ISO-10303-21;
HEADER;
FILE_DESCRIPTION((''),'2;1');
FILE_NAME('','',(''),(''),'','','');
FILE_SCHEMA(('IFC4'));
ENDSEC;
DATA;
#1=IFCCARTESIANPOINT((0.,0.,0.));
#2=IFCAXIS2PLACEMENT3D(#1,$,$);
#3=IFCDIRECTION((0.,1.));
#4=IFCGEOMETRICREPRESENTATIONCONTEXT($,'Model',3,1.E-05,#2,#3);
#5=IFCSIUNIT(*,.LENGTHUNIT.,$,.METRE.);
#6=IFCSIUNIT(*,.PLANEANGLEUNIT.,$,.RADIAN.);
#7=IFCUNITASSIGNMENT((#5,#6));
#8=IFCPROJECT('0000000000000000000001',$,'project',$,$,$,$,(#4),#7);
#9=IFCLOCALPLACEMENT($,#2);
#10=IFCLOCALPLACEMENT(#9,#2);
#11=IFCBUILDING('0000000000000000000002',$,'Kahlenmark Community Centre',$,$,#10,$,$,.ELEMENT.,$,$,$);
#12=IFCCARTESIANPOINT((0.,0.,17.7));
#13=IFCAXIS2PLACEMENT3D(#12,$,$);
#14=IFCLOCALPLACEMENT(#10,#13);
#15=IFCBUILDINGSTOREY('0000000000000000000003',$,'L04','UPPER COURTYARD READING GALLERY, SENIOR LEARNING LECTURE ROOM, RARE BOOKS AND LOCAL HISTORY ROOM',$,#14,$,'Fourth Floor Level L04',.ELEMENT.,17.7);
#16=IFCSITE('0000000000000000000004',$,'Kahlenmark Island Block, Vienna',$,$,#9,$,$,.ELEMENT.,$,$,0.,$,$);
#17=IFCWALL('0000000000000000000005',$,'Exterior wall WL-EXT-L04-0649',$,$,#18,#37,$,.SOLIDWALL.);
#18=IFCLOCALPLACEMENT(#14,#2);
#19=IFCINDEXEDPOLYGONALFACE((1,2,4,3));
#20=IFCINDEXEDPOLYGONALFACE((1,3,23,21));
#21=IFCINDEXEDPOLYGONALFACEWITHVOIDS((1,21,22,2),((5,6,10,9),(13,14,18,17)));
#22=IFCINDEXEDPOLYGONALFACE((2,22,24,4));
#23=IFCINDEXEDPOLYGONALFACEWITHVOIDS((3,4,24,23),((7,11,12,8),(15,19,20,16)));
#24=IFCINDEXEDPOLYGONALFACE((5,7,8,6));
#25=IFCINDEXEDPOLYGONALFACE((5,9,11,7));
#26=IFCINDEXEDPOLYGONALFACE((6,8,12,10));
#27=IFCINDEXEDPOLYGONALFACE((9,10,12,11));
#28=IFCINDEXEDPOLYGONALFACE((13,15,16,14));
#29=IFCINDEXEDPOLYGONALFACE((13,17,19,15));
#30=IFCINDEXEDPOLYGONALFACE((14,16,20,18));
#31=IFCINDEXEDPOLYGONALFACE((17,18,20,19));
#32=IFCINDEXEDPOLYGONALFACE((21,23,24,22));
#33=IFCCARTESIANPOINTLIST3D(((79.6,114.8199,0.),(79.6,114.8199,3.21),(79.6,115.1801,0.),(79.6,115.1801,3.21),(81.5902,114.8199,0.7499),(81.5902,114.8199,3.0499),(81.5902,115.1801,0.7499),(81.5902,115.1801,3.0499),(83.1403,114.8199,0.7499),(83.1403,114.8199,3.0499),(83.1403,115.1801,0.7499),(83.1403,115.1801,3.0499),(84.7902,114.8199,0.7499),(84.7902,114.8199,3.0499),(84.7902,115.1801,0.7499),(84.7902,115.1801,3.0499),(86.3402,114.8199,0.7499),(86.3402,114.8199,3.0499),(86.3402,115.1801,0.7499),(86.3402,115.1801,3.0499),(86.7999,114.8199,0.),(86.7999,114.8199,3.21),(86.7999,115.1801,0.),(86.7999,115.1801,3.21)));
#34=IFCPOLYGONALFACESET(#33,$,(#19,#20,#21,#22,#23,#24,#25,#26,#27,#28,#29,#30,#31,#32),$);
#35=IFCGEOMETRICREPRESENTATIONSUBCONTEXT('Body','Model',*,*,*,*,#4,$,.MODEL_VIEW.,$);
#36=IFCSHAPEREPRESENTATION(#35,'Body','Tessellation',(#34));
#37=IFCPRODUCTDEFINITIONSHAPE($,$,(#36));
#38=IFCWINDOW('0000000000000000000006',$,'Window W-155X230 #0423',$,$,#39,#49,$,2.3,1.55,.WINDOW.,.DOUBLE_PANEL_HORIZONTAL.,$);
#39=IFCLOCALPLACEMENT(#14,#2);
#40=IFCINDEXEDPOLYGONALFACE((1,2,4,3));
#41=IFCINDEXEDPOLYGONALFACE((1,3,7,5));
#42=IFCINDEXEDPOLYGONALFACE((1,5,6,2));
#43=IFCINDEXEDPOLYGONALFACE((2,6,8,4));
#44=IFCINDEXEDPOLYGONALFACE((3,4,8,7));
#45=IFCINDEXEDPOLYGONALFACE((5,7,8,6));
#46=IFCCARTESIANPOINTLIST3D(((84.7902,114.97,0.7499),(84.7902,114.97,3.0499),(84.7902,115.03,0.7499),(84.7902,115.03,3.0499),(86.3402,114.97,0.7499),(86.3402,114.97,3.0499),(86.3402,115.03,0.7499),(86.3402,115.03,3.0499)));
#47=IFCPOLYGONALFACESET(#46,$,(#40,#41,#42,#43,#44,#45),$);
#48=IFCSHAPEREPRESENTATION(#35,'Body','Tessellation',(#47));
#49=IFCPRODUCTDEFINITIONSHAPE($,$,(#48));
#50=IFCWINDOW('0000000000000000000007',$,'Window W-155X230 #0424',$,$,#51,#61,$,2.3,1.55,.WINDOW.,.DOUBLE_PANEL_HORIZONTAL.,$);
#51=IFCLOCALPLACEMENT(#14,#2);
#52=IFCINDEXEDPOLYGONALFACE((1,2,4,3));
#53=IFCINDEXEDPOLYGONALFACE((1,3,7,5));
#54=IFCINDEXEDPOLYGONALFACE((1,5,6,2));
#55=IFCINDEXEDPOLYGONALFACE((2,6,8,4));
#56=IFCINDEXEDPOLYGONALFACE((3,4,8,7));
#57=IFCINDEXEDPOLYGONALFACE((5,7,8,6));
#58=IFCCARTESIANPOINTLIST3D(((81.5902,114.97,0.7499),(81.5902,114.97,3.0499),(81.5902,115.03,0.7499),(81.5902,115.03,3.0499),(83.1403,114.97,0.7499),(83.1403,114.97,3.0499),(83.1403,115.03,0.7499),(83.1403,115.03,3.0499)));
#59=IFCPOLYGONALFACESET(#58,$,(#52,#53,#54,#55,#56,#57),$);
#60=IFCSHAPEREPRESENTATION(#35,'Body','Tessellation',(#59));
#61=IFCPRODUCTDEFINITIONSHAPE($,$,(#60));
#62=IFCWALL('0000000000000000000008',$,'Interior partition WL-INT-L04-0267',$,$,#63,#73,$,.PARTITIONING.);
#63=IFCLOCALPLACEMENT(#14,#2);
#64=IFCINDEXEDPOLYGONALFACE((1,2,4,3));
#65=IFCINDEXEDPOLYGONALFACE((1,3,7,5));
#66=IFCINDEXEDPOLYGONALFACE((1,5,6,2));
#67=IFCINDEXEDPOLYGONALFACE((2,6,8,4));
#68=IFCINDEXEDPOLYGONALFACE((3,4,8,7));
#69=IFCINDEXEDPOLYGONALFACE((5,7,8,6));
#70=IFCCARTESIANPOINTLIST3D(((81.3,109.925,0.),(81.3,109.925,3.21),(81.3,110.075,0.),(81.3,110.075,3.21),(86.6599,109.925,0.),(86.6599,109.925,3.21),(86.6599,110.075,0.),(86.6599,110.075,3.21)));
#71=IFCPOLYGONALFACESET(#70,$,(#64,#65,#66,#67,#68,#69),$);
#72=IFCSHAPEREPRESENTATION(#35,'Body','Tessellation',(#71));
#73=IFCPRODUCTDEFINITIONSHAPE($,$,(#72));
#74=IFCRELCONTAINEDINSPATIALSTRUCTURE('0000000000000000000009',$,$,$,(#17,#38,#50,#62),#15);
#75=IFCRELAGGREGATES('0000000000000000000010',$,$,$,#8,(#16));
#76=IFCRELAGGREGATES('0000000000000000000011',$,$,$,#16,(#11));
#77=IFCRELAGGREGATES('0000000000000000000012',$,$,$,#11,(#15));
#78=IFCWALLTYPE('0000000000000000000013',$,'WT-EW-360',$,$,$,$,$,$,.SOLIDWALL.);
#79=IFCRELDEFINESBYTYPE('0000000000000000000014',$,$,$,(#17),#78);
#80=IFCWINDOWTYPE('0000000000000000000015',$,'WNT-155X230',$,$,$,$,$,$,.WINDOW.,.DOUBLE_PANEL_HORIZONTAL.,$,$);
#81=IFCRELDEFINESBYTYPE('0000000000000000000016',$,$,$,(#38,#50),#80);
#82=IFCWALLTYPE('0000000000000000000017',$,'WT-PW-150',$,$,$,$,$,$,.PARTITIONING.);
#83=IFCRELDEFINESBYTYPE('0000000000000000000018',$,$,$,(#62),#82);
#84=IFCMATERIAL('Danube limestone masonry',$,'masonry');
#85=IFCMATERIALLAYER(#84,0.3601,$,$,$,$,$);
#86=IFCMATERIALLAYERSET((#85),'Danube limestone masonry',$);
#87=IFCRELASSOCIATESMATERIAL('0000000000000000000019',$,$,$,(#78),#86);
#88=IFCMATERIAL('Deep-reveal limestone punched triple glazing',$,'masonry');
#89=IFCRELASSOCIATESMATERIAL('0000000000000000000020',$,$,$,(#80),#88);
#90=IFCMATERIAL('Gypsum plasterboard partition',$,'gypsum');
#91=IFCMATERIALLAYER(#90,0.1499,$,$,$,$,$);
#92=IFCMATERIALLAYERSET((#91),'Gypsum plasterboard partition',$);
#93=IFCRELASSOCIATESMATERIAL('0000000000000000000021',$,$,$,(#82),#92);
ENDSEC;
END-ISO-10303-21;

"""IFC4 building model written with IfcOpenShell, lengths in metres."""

from ifc_helpers import new_model, si_unit, direction, frame, frame_2d, origin, place, context, subcontext, project, spatial, rectangle, extrude, material, layer, layer_set, type_object, element, fill, save


model = new_model("IFC4")

# Units and contexts
model_context = context("Model", 3, precision=1e-05, world=origin(), true_north=direction((0.0, 1.0)))
body_context = subcontext(model_context, "Body", "Model", "MODEL_VIEW")
ifc_project = project(units=[si_unit("LENGTHUNIT", "METRE"), si_unit("PLANEANGLEUNIT", "RADIAN")], contexts=[model_context])

# Site, building, storey
site_placement = place(None, origin())
site = spatial("IfcSite", under=ifc_project, at=site_placement, Name="Kahlenmark Island Block, Vienna", CompositionType="ELEMENT", RefElevation=0.0)
building_placement = place(site_placement, origin())
building = spatial("IfcBuilding", under=site, at=building_placement, Name="Kahlenmark Community Centre", CompositionType="ELEMENT")
storey_placement = place(building_placement, frame((0.0, 0.0, 17.7)))
storey = spatial("IfcBuildingStorey", under=building, at=storey_placement, Name="L04", Description="UPPER COURTYARD READING GALLERY, SENIOR LEARNING LECTURE ROOM, RARE BOOKS AND LOCAL HISTORY ROOM", LongName="Fourth Floor Level L04", CompositionType="ELEMENT", Elevation=17.7)

# Shared definitions
ifc_material_1 = material(Name="Danube limestone masonry", Category="masonry")
ifc_layer_1 = layer(ifc_material_1, 0.3601)
ifc_layer_set_1 = layer_set([ifc_layer_1], Name="Danube limestone masonry")
wall_type_1 = type_object("IfcWallType", Name="WT-EW-360", PredefinedType="SOLIDWALL", material=ifc_layer_set_1)

# Wall, openings, windows
wall_1_placement = place(storey_placement, frame((86.8, 115.0, 0.0), z_axis=(0.0, 0.0, 1.0), x_axis=(-1.0, 0.0, 0.0)))
wall_1 = element("IfcWall", 1, at=wall_1_placement, inside=storey, type_object=wall_type_1, Name="Exterior wall WL-EXT-L04-0649", PredefinedType="SOLIDWALL", context=body_context, shape_type="SweptSolid", body=[
    extrude(rectangle(XDim=7.2, YDim=0.3601, at=frame_2d((3.6001, 0.0))), origin(), (0.0, 0.0, 1.0), 3.21),
])
opening_1_placement = place(wall_1_placement, frame((0.46, 0.0, 0.75)))
opening_1 = element("IfcOpeningElement", 2, at=opening_1_placement, cuts=wall_1, PredefinedType="OPENING", context=body_context, shape_type="SweptSolid", body=[
    extrude(rectangle(XDim=1.55, YDim=2.3, at=frame_2d((0.7749, 1.1499))), frame((0.0, 0.1899, 0.0), z_axis=(0.0, -1.0, 0.0), x_axis=(1.0, 0.0, 0.0)), (0.0, 0.0, 1.0), 0.3801),
])
opening_2_placement = place(wall_1_placement, frame((3.6599, 0.0, 0.75)))
opening_2 = element("IfcOpeningElement", 3, at=opening_2_placement, cuts=wall_1, PredefinedType="OPENING", context=body_context, shape_type="SweptSolid", body=[
    extrude(rectangle(XDim=1.55, YDim=2.3, at=frame_2d((0.7749, 1.1499))), frame((0.0, 0.1899, 0.0), z_axis=(0.0, -1.0, 0.0), x_axis=(1.0, 0.0, 0.0)), (0.0, 0.0, 1.0), 0.3801),
])
ifc_material_2 = material(Name="Deep-reveal limestone punched triple glazing", Category="masonry")
window_type = type_object("IfcWindowType", Name="WNT-155X230", PartitioningType="DOUBLE_PANEL_HORIZONTAL", PredefinedType="WINDOW", material=ifc_material_2)
window_1_placement = place(opening_1_placement, origin())
window_1 = element("IfcWindow", 4, at=window_1_placement, inside=storey, type_object=window_type, Name="Window W-155X230 #0423", OverallHeight=2.3, OverallWidth=1.55, PartitioningType="DOUBLE_PANEL_HORIZONTAL", PredefinedType="WINDOW", context=body_context, shape_type="SweptSolid", body=[
    extrude(rectangle(XDim=1.55, YDim=2.3, at=frame_2d((0.7749, 1.1499))), frame((0.0, 0.03, 0.0), z_axis=(0.0, -1.0, 0.0), x_axis=(1.0, 0.0, 0.0)), (0.0, 0.0, 1.0), 0.0601),
])
fill(opening_1, window_1)
window_2_placement = place(opening_2_placement, origin())
window_2 = element("IfcWindow", 5, at=window_2_placement, inside=storey, type_object=window_type, Name="Window W-155X230 #0424", OverallHeight=2.3, OverallWidth=1.55, PartitioningType="DOUBLE_PANEL_HORIZONTAL", PredefinedType="WINDOW", context=body_context, shape_type="SweptSolid", body=[
    extrude(rectangle(XDim=1.55, YDim=2.3, at=frame_2d((0.7749, 1.1499))), frame((0.0, 0.03, 0.0), z_axis=(0.0, -1.0, 0.0), x_axis=(1.0, 0.0, 0.0)), (0.0, 0.0, 1.0), 0.0601),
])
fill(opening_2, window_2)

# Wall
ifc_material_3 = material(Name="Gypsum plasterboard partition", Category="gypsum")
ifc_layer_2 = layer(ifc_material_3, 0.1499)
ifc_layer_set_2 = layer_set([ifc_layer_2], Name="Gypsum plasterboard partition")
wall_type_2 = type_object("IfcWallType", Name="WT-PW-150", PredefinedType="PARTITIONING", material=ifc_layer_set_2)
wall_2_placement = place(storey_placement, frame((81.3, 110.0, 0.0), z_axis=(0.0, 0.0, 1.0), x_axis=(1.0, 0.0, 0.0)))
element("IfcWall", 6, at=wall_2_placement, inside=storey, type_object=wall_type_2, Name="Interior partition WL-INT-L04-0267", PredefinedType="PARTITIONING", context=body_context, shape_type="SweptSolid", body=[
    extrude(rectangle(XDim=5.3599, YDim=0.1499, at=frame_2d((2.6799, 0.0))), origin(), (0.0, 0.0, 1.0), 3.21),
])

save(model, "model.ifc")
